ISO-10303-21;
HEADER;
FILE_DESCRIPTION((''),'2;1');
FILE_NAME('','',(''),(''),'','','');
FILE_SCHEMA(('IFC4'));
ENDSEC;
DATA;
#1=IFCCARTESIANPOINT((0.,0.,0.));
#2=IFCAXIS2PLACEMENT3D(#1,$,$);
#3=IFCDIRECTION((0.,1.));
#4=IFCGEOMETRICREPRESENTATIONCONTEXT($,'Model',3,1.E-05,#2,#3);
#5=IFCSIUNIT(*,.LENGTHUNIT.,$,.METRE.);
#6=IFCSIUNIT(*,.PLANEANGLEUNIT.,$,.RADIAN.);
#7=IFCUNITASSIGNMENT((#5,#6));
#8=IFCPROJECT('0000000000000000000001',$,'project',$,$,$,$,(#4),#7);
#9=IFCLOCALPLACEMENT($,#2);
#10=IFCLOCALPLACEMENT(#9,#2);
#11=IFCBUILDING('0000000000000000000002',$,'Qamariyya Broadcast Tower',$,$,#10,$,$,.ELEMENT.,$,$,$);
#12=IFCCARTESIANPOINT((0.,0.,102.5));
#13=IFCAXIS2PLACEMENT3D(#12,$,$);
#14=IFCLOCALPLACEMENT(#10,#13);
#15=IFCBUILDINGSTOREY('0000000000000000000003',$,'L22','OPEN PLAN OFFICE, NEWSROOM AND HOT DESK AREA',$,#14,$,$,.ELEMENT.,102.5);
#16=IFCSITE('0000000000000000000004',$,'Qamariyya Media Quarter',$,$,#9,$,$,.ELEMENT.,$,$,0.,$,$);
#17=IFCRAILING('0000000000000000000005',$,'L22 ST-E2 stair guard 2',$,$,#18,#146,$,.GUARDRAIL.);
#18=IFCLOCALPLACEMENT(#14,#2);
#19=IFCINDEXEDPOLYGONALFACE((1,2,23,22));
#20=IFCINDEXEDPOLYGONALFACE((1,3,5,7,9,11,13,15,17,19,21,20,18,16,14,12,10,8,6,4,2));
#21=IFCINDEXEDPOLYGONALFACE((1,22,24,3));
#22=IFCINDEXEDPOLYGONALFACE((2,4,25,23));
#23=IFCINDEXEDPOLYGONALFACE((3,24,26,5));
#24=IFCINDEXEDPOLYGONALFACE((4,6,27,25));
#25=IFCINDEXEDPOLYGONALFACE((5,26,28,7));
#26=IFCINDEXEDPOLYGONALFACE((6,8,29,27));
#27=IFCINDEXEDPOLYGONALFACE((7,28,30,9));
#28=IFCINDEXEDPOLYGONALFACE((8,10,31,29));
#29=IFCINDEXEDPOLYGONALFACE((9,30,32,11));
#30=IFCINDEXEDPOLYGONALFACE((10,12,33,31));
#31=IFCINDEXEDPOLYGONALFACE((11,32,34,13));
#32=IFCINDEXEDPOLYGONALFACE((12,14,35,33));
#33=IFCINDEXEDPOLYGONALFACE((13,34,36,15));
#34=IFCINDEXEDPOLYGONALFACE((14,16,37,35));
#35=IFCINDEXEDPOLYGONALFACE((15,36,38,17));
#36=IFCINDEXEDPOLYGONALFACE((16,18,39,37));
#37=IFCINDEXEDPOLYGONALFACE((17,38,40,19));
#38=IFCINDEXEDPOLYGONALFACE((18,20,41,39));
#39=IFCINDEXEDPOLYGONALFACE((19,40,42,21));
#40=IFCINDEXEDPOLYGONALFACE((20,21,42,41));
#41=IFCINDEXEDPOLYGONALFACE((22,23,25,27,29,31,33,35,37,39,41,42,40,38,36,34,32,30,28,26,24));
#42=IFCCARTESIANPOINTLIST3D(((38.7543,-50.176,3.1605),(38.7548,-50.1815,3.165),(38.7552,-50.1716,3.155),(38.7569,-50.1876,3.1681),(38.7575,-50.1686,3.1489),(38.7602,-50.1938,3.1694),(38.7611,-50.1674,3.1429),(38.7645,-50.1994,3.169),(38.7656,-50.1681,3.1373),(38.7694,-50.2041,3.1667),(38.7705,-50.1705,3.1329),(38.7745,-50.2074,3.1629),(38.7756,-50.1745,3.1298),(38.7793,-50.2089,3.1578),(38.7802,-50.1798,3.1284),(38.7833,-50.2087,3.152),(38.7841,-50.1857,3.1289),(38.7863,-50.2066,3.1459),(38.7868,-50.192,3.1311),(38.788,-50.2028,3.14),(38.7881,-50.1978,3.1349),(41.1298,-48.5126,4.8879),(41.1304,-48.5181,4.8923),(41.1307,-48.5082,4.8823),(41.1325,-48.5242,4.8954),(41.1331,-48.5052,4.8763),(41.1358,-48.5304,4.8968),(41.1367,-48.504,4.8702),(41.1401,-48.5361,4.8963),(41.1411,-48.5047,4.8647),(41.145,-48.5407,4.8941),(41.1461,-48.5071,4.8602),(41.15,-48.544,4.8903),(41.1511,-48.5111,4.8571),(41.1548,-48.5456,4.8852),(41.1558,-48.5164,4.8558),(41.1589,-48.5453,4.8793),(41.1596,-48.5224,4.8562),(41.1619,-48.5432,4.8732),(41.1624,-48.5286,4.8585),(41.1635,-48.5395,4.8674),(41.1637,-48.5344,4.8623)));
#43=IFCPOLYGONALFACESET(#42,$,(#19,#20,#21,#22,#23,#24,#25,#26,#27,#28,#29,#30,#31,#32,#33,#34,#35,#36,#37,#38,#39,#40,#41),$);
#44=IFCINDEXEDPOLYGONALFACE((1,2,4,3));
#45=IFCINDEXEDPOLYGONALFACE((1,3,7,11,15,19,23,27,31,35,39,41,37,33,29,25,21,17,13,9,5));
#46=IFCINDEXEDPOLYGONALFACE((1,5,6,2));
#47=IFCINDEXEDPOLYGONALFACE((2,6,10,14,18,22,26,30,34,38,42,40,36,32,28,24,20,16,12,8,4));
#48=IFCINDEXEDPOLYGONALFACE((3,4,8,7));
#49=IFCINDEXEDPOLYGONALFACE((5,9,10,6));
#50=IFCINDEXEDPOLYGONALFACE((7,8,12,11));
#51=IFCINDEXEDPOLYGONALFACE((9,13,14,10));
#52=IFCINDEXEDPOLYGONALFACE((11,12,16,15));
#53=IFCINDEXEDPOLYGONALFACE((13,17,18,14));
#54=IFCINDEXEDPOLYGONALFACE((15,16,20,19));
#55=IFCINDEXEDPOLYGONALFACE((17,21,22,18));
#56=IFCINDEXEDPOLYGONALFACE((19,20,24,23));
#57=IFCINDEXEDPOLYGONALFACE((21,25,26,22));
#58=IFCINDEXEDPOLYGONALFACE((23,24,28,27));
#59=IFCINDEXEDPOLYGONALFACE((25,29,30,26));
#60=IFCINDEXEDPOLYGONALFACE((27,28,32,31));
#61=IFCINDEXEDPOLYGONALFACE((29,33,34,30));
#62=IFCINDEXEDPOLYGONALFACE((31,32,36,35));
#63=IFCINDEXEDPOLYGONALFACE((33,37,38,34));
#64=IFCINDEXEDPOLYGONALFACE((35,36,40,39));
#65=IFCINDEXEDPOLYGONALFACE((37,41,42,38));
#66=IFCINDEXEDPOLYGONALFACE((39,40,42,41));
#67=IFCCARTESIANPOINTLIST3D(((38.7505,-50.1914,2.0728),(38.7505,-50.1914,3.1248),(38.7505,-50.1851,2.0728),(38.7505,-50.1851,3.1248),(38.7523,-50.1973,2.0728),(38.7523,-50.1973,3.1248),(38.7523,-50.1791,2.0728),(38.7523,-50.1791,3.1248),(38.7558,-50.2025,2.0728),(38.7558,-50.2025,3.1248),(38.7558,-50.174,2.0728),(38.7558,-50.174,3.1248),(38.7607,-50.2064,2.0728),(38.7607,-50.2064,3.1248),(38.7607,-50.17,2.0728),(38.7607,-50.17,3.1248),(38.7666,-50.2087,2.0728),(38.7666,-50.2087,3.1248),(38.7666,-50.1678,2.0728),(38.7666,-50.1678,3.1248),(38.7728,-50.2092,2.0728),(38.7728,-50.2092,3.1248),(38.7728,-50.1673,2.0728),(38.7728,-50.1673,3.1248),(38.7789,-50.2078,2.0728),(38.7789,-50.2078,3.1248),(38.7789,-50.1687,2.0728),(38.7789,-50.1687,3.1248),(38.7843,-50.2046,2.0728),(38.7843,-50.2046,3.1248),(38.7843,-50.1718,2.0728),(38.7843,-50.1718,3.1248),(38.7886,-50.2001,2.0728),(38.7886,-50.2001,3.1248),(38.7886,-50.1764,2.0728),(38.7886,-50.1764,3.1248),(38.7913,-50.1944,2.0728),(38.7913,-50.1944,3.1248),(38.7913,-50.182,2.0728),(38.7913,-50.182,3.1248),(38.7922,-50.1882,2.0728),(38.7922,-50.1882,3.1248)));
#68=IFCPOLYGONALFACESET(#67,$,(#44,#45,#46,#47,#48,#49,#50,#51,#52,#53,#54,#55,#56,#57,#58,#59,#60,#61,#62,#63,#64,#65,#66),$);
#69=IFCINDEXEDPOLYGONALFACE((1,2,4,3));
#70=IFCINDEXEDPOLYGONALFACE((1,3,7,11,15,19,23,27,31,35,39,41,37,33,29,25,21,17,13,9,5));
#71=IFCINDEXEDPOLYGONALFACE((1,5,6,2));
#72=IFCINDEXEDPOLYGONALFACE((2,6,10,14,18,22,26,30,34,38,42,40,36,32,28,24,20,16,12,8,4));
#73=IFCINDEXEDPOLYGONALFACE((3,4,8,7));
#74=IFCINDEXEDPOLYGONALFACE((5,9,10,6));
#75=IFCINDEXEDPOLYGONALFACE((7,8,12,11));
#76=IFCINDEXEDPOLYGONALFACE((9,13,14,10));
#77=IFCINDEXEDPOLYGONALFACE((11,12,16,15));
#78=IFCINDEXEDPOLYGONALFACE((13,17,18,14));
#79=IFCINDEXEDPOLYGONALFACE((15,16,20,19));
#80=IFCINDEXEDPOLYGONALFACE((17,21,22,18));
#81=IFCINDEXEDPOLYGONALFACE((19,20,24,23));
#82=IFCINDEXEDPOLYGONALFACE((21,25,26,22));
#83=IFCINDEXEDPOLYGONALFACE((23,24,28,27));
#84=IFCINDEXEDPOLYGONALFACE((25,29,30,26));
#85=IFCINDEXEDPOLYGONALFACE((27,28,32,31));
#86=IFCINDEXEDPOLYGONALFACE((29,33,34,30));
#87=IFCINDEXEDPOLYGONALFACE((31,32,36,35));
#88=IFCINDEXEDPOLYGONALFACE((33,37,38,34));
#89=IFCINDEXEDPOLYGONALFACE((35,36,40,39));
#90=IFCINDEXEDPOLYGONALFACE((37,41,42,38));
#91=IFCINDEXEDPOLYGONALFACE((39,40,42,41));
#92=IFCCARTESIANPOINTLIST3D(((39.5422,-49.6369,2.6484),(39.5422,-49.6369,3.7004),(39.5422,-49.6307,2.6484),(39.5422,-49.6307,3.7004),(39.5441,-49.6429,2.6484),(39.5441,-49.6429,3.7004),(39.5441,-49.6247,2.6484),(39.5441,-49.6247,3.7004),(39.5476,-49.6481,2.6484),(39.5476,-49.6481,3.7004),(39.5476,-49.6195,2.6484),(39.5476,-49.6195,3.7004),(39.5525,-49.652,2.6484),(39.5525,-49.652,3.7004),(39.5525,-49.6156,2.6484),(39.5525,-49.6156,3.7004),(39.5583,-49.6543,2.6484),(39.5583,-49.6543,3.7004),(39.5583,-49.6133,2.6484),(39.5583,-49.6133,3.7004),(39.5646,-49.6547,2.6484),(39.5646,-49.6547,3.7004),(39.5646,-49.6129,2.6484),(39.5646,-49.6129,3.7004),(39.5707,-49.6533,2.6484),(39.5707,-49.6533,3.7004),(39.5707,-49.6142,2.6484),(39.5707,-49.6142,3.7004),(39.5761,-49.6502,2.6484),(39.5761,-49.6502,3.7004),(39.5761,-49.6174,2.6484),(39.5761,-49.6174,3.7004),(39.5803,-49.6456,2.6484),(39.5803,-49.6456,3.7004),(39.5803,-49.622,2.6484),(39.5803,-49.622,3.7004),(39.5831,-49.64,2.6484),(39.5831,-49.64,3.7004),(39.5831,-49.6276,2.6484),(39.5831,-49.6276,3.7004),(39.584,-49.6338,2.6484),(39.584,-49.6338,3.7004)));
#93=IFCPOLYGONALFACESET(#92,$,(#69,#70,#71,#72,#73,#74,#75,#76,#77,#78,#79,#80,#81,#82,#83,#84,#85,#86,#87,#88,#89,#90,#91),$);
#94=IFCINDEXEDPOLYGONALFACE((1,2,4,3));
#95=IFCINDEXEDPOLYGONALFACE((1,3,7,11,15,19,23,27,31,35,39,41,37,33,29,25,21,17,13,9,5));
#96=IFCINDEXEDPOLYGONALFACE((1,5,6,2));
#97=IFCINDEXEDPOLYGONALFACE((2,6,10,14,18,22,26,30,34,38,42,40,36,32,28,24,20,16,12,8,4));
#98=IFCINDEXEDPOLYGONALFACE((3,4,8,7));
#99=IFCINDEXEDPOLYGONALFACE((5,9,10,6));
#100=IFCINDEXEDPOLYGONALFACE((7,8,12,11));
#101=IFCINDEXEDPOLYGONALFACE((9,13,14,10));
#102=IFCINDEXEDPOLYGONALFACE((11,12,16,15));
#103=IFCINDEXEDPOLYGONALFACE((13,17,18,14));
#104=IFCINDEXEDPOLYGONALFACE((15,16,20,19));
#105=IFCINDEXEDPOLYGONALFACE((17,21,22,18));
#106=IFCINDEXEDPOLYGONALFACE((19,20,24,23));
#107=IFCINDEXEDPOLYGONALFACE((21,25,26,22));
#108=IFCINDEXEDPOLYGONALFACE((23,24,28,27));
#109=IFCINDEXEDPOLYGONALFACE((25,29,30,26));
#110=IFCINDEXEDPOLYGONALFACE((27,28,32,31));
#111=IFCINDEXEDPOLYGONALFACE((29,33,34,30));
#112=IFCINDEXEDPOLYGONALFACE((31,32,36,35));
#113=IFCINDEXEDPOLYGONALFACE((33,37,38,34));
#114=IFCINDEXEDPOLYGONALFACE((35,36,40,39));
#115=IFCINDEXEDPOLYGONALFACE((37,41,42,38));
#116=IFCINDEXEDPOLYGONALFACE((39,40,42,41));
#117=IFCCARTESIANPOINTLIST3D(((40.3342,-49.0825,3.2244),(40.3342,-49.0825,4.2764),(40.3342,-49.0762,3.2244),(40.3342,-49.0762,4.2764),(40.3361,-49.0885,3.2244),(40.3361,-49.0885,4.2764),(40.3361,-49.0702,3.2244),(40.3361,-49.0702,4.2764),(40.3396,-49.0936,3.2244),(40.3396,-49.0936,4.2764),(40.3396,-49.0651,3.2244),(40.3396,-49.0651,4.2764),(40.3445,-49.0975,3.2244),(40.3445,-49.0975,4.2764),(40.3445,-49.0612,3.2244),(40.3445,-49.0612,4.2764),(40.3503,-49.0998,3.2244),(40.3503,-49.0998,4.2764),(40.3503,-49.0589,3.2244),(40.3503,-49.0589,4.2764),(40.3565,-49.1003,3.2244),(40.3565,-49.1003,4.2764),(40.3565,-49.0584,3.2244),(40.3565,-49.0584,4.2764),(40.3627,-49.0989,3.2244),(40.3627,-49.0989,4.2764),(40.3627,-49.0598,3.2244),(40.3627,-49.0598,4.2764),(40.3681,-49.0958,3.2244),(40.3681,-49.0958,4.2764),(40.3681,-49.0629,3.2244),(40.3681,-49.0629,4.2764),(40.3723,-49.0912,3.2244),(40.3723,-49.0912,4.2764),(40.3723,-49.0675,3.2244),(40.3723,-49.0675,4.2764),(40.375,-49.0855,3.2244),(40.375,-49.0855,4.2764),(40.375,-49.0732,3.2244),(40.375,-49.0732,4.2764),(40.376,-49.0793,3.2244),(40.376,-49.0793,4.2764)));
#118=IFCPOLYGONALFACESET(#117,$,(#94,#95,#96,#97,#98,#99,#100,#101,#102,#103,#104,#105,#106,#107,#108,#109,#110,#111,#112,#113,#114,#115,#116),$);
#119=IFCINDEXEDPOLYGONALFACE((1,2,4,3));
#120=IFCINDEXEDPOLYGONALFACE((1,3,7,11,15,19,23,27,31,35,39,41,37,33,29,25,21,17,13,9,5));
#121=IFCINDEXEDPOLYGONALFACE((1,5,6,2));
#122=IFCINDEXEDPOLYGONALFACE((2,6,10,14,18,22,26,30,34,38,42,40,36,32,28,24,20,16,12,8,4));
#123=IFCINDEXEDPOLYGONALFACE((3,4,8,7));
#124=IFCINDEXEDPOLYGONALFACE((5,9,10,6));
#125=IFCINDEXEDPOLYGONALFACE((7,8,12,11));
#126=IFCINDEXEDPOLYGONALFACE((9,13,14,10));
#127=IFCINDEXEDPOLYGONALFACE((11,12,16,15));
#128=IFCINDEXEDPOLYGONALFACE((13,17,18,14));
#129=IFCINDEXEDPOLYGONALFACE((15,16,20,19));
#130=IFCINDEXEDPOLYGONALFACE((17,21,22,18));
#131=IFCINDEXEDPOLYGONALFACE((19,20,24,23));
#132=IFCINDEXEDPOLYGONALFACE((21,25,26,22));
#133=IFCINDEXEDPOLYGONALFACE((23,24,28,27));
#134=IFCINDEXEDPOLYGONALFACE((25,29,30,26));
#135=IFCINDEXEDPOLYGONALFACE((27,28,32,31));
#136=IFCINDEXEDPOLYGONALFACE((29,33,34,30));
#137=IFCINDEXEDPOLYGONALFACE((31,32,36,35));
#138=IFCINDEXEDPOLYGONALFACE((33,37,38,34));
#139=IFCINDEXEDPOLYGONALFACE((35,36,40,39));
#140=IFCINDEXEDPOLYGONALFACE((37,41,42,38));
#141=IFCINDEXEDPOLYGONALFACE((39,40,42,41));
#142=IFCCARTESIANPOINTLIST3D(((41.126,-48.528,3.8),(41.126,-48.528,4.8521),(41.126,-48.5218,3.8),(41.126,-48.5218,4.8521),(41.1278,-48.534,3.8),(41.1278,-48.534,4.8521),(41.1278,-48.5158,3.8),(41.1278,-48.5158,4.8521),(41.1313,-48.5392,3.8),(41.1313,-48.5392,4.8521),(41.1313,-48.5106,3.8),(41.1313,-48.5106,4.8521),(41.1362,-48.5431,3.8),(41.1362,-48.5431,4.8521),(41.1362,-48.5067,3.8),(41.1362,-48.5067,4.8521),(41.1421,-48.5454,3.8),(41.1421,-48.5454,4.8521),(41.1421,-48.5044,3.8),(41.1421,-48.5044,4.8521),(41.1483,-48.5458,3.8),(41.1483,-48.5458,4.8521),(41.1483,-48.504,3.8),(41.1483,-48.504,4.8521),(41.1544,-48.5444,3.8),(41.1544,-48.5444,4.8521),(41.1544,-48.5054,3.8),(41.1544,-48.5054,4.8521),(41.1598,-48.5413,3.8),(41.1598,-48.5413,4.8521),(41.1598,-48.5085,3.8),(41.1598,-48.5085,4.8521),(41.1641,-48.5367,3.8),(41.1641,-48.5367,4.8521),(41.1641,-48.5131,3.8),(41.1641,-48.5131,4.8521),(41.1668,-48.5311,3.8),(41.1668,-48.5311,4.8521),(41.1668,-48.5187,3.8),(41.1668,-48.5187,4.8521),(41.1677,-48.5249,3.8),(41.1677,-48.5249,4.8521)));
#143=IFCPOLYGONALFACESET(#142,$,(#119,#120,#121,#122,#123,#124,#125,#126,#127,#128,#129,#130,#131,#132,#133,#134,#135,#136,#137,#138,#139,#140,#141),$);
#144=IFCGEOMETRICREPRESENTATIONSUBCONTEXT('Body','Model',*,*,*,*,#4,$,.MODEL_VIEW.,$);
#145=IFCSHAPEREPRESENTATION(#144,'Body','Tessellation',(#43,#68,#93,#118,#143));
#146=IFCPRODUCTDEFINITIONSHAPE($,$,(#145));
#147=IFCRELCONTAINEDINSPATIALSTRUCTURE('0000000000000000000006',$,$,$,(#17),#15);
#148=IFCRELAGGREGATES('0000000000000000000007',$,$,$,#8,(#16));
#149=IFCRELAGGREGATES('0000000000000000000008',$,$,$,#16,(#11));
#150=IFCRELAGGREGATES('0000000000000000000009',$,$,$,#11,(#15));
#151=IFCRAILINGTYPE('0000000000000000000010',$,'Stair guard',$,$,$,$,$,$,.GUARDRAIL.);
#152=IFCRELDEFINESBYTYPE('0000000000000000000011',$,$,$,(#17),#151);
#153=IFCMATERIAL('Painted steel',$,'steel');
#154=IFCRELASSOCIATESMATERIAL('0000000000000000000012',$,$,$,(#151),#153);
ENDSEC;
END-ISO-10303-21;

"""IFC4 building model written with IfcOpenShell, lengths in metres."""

from ifc_helpers import new_model, si_unit, direction, frame, origin, origin_2d, place, context, subcontext, project, spatial, circle, extrude, material, type_object, element, save


model = new_model("IFC4")

# Units and contexts
model_context = context("Model", 3, precision=1e-05, world=origin(), true_north=direction((0.0, 1.0)))
body_context = subcontext(model_context, "Body", "Model", "MODEL_VIEW")
ifc_project = project(units=[si_unit("LENGTHUNIT", "METRE"), si_unit("PLANEANGLEUNIT", "RADIAN")], contexts=[model_context])

# Site, building, storey
site_placement = place(None, origin())
site = spatial("IfcSite", under=ifc_project, at=site_placement, Name="Qamariyya Media Quarter", CompositionType="ELEMENT", RefElevation=0.0)
building_placement = place(site_placement, origin())
building = spatial("IfcBuilding", under=site, at=building_placement, Name="Qamariyya Broadcast Tower", CompositionType="ELEMENT")
storey_placement = place(building_placement, frame((0.0, 0.0, 102.5)))
storey = spatial("IfcBuildingStorey", under=building, at=storey_placement, Name="L22", Description="OPEN PLAN OFFICE, NEWSROOM AND HOT DESK AREA", CompositionType="ELEMENT", Elevation=102.5)

# Railing
ifc_material_1 = material(Name="Painted steel", Category="steel")
railing_type_1 = type_object("IfcRailingType", Name="Stair guard", PredefinedType="GUARDRAIL", material=ifc_material_1)
railing_1_placement = place(storey_placement, frame((38.7712, -50.1882, 2.0728)))
element("IfcRailing", 1, at=railing_1_placement, inside=storey, type_object=railing_type_1, Name="L22 ST-E2 stair guard 2", PredefinedType="GUARDRAIL", context=body_context, shape_type="SweptSolid", body=[
    extrude(circle(Radius=0.0239, at=origin_2d()), frame((0.0, 0.0, 1.0762), z_axis=(0.70377, 0.492784, 0.511734), x_axis=(-0.573575, 0.819153, 0.0)), (0.0, 0.0, 1.0), 3.3755),
    extrude(circle(Radius=0.021, at=origin_2d()), origin(), (0.0, 0.0, 1.0), 1.052),
    extrude(circle(Radius=0.021, at=origin_2d()), frame((0.7917, 0.5544, 0.5757)), (0.0, 0.0, 1.0), 1.052),
    extrude(circle(Radius=0.021, at=origin_2d()), frame((1.5837, 1.1089, 1.1516)), (0.0, 0.0, 1.0), 1.052),
    extrude(circle(Radius=0.021, at=origin_2d()), frame((2.3755, 1.6633, 1.7273)), (0.0, 0.0, 1.0), 1.052),
])

save(model, "model.ifc")
